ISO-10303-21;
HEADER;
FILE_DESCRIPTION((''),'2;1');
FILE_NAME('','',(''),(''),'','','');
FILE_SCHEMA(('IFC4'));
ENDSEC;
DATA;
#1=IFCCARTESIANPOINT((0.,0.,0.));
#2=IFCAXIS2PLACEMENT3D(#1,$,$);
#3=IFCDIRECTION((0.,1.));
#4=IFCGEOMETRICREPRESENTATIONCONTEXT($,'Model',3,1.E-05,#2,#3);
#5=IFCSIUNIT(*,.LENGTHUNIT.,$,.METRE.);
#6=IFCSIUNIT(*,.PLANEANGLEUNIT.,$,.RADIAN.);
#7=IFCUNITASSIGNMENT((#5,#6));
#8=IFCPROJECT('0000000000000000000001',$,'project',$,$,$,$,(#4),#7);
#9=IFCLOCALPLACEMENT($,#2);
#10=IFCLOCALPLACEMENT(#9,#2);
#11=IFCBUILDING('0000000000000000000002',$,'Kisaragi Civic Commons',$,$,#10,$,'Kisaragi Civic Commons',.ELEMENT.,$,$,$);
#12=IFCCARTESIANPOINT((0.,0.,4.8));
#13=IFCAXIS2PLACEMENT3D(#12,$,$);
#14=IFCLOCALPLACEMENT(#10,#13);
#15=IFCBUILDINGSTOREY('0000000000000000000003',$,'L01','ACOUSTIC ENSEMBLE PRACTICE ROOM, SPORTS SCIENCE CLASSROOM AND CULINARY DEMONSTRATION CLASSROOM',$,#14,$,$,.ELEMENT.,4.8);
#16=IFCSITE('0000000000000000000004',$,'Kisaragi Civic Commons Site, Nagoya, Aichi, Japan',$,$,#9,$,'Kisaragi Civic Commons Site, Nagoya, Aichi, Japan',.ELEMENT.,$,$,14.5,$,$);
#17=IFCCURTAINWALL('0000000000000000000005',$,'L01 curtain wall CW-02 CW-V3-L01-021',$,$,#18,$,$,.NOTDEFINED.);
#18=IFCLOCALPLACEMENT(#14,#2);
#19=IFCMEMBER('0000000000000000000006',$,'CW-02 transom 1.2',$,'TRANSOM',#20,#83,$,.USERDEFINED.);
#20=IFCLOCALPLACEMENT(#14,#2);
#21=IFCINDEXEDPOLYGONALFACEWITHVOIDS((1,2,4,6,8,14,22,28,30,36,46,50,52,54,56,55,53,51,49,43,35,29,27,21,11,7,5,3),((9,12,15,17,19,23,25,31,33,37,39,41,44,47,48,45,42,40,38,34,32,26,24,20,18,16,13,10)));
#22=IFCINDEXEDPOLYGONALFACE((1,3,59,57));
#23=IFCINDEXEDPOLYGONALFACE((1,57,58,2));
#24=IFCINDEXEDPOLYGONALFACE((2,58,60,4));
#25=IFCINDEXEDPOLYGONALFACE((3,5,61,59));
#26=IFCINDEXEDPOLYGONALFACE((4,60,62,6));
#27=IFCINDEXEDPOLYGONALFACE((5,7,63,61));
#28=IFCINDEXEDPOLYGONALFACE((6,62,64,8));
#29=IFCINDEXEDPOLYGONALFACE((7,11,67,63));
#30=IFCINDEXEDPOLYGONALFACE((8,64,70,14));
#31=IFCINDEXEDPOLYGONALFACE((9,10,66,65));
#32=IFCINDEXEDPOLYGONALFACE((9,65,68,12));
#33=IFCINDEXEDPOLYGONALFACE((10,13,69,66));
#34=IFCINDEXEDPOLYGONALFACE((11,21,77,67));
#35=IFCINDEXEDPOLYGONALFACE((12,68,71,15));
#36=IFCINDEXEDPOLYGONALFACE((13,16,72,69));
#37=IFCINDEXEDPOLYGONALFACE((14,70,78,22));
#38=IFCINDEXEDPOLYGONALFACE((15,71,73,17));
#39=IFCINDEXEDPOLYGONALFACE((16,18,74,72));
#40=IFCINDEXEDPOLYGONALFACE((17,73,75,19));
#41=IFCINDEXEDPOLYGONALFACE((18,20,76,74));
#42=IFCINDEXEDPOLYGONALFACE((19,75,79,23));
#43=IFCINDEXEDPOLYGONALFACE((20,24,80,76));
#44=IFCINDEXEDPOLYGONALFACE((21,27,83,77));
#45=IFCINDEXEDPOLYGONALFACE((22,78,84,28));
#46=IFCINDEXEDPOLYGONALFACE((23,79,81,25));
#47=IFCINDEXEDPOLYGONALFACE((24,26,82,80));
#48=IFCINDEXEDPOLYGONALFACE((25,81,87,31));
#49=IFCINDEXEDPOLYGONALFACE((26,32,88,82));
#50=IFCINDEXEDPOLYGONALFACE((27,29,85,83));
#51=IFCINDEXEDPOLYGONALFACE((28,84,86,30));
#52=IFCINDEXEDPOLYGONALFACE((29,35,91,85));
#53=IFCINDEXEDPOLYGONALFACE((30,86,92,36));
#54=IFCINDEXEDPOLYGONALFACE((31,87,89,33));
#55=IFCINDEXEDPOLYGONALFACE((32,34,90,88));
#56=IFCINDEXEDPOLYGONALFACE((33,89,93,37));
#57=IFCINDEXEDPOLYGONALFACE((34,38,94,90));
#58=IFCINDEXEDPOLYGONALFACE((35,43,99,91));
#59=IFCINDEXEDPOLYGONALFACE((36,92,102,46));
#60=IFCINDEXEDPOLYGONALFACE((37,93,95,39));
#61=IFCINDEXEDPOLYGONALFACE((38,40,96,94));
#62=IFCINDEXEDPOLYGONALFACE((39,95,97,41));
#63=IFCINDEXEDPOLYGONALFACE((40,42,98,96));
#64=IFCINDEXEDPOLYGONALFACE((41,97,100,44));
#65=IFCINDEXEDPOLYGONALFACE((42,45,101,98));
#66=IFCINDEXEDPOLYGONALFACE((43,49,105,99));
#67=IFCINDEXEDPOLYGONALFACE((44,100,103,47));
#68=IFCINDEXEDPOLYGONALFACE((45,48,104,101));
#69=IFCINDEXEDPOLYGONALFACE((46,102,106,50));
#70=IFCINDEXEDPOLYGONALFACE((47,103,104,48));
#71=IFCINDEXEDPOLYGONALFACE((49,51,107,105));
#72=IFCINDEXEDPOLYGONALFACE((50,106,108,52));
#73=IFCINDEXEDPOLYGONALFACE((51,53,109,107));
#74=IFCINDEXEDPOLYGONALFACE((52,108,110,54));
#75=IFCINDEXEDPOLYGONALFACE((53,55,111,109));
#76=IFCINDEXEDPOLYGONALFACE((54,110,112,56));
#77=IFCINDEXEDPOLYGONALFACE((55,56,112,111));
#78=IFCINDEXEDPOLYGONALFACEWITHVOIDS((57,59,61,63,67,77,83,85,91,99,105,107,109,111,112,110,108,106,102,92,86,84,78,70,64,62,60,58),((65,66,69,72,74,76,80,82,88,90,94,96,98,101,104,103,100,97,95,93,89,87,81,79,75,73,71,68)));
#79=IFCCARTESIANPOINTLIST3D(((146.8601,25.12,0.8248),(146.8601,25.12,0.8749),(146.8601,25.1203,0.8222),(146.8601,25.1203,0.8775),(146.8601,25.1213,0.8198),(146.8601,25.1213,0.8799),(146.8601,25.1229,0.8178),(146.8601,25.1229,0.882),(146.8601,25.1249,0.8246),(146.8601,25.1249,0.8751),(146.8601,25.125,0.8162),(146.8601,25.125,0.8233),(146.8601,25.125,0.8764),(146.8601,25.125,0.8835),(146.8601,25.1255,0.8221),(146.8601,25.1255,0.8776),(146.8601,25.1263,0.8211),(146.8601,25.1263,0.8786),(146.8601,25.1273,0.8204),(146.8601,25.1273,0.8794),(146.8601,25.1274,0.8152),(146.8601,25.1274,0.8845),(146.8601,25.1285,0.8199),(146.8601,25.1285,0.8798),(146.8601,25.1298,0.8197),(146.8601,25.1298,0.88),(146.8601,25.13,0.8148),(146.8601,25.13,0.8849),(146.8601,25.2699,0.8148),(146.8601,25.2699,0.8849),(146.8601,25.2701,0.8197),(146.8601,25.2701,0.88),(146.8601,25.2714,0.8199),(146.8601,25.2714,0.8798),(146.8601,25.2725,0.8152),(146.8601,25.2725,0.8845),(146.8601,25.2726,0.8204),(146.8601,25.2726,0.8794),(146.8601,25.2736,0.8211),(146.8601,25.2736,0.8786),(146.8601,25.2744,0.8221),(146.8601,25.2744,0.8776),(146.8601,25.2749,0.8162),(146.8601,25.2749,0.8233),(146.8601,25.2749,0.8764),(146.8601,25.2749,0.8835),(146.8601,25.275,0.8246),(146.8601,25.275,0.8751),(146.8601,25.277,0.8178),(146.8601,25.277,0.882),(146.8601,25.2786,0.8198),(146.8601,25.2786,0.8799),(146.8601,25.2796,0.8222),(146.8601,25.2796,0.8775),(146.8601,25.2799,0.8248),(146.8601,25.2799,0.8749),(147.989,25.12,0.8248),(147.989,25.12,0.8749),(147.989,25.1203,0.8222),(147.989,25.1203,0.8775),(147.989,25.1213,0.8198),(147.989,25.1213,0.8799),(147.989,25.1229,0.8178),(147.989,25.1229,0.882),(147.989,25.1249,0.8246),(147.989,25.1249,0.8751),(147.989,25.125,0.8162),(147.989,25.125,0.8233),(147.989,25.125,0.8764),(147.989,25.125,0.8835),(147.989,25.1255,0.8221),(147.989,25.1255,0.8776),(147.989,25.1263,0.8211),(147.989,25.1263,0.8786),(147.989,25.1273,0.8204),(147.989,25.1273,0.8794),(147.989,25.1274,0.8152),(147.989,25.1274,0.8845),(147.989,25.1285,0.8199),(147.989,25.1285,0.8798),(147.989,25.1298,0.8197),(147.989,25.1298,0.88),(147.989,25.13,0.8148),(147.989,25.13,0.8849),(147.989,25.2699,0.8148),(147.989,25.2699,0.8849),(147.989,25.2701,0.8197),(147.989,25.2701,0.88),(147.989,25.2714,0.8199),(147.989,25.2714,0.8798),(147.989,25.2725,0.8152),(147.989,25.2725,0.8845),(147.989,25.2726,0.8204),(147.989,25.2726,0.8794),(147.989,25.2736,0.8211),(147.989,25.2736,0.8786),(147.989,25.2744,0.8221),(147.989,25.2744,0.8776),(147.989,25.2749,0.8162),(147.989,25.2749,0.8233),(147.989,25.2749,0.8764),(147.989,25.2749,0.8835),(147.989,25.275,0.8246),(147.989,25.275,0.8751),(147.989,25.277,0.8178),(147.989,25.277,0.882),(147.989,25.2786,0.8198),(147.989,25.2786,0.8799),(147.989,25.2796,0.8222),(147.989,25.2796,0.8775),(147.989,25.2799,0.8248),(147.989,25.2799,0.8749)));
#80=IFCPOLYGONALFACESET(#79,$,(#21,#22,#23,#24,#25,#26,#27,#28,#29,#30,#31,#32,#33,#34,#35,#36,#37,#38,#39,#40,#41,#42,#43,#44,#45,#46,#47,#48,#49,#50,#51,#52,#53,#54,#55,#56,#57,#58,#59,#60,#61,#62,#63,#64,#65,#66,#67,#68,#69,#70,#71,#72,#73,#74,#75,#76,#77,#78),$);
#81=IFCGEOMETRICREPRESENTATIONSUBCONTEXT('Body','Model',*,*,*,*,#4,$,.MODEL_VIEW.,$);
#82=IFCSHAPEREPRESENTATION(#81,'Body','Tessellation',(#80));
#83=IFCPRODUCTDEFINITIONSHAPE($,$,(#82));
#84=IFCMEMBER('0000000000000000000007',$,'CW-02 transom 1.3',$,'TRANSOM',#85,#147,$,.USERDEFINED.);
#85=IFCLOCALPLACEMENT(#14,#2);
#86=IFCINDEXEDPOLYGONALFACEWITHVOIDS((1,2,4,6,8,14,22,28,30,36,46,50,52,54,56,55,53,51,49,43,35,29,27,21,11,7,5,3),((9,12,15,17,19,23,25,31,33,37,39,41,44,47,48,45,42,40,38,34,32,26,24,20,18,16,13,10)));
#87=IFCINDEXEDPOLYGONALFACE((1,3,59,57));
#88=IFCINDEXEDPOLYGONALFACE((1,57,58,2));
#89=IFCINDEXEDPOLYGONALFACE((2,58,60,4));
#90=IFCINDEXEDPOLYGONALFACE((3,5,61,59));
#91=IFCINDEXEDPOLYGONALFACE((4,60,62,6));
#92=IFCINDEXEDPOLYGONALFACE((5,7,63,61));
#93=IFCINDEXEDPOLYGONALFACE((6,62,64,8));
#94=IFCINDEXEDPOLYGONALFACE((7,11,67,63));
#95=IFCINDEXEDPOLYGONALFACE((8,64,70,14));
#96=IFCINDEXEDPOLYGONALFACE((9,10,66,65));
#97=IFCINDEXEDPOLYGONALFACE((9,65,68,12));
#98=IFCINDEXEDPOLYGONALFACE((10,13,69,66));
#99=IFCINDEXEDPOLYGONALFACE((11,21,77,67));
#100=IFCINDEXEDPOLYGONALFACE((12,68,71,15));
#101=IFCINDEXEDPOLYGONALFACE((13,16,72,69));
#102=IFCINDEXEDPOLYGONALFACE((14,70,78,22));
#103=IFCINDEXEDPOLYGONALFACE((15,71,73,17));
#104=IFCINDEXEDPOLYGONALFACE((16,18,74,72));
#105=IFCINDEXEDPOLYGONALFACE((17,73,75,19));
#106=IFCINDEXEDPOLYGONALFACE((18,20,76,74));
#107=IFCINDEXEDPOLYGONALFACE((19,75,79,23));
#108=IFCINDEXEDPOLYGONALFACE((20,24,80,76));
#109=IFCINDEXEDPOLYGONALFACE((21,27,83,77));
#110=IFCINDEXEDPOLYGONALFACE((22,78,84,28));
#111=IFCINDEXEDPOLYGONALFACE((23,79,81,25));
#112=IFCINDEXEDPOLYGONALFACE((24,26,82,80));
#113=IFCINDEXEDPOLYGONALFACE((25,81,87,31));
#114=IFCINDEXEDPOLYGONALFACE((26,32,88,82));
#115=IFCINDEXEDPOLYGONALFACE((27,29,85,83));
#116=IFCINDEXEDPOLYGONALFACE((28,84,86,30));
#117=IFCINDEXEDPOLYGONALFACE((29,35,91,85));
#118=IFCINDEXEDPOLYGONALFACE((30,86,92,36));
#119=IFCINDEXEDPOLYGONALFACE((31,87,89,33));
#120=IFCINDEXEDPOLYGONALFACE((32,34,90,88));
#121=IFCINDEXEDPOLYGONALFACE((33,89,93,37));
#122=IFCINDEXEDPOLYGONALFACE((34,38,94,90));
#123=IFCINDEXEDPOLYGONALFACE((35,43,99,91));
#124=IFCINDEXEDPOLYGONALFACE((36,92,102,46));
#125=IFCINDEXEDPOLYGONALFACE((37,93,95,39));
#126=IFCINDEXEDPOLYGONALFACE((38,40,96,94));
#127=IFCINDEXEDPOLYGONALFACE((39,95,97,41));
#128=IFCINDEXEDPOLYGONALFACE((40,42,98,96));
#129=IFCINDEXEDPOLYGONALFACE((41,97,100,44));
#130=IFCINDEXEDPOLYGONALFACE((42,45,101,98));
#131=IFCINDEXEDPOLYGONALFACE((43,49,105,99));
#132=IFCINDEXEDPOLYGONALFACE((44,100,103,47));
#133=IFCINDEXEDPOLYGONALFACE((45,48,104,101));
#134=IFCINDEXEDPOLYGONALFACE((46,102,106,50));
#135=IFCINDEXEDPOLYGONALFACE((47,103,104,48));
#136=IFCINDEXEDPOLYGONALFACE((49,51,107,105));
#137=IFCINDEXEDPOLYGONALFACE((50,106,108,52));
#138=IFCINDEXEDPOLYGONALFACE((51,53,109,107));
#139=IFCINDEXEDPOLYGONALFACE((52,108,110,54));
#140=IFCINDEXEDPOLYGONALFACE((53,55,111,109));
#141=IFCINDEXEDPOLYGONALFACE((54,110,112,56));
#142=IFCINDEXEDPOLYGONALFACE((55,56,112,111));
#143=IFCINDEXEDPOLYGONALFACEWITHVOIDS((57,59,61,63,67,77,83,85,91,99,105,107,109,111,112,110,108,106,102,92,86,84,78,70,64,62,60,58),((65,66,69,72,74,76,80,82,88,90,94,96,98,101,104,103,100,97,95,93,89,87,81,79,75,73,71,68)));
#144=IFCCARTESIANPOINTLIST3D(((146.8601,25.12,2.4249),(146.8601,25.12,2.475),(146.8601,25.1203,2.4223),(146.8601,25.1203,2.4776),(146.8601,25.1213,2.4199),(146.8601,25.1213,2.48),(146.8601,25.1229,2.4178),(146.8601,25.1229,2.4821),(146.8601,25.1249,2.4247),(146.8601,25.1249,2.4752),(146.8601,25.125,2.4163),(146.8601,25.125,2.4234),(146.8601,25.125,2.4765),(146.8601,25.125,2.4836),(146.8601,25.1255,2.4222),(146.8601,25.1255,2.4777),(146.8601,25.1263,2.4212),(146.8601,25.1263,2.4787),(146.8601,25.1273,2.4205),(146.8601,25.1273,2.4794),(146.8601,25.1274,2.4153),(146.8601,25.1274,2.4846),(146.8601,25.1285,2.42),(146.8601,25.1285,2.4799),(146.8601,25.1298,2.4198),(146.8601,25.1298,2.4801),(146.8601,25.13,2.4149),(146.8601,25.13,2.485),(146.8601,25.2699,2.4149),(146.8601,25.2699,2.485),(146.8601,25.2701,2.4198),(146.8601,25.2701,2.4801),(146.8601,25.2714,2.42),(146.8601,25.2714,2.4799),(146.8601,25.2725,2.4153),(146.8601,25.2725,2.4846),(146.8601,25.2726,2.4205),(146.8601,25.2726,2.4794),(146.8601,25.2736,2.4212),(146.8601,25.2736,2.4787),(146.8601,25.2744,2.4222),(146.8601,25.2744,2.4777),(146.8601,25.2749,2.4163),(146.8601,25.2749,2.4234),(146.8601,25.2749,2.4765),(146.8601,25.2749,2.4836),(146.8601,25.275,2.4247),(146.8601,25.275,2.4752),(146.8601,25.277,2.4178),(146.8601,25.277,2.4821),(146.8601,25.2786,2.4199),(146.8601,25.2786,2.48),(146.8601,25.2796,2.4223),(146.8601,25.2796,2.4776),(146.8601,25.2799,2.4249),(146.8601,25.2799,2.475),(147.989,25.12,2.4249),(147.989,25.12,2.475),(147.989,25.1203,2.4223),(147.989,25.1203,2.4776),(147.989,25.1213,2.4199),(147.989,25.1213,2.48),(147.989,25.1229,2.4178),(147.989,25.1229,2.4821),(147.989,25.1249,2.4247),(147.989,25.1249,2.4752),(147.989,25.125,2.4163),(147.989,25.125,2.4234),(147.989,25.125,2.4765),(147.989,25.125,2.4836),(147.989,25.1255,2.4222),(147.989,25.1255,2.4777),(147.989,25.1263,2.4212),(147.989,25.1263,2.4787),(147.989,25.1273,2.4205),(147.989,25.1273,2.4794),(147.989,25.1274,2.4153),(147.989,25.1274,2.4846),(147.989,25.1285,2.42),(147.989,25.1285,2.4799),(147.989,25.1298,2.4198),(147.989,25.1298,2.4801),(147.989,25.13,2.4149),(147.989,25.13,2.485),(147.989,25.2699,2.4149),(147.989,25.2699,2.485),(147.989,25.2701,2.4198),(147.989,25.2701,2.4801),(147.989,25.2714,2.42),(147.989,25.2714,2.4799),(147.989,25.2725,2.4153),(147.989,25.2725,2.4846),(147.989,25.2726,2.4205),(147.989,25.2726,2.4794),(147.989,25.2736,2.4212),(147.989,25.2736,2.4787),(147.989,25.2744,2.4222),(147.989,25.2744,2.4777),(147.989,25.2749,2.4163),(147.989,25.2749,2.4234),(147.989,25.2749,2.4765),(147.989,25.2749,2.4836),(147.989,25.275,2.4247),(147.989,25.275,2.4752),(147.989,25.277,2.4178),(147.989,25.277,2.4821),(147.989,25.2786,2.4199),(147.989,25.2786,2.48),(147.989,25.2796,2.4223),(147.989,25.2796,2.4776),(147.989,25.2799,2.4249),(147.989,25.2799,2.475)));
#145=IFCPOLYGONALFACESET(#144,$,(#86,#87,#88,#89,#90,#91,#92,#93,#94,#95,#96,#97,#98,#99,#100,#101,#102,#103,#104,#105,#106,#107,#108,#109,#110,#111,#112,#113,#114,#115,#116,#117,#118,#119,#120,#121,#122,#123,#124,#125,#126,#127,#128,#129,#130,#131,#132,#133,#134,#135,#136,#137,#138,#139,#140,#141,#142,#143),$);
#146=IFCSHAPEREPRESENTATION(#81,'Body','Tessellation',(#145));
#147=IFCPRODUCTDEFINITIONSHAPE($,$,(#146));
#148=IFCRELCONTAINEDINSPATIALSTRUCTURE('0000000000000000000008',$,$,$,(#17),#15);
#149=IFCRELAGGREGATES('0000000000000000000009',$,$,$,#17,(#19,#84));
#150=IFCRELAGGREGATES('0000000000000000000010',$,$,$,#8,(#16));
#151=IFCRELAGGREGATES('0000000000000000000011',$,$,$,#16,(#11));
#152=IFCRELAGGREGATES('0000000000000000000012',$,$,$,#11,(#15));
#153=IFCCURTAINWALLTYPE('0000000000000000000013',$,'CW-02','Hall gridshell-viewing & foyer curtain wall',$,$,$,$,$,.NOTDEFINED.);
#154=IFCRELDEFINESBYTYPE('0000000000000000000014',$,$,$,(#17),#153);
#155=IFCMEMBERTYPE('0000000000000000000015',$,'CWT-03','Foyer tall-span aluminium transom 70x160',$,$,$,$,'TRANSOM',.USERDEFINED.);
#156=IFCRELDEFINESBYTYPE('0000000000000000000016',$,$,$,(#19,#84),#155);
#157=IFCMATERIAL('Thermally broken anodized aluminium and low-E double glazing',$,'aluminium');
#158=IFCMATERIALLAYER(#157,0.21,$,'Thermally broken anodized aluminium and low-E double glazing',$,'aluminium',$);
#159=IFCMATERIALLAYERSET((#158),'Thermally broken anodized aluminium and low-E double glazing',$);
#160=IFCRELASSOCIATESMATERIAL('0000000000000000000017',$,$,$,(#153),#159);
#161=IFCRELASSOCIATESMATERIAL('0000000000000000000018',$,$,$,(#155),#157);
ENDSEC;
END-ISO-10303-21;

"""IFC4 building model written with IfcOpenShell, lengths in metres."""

from ifc_helpers import new_model, si_unit, direction, frame, origin, origin_2d, place, context, subcontext, project, spatial, hollow_rectangle, extrude, material, layer, layer_set, material_profile, profile_set, type_object, element, aggregate, save


model = new_model("IFC4")

# Units and contexts
model_context = context("Model", 3, precision=1e-05, world=origin(), true_north=direction((0.0, 1.0)))
body_context = subcontext(model_context, "Body", "Model", "MODEL_VIEW")
ifc_project = project(units=[si_unit("LENGTHUNIT", "METRE"), si_unit("PLANEANGLEUNIT", "RADIAN")], contexts=[model_context])

# Site, building, storey
site_placement = place(None, origin())
site = spatial("IfcSite", under=ifc_project, at=site_placement, Name="Kisaragi Civic Commons Site, Nagoya, Aichi, Japan", LongName="Kisaragi Civic Commons Site, Nagoya, Aichi, Japan", CompositionType="ELEMENT", RefElevation=14.5)
building_placement = place(site_placement, origin())
building = spatial("IfcBuilding", under=site, at=building_placement, Name="Kisaragi Civic Commons", LongName="Kisaragi Civic Commons", CompositionType="ELEMENT")
storey_placement = place(building_placement, frame((0.0, 0.0, 4.8)))
storey = spatial("IfcBuildingStorey", under=building, at=storey_placement, Name="L01", Description="ACOUSTIC ENSEMBLE PRACTICE ROOM, SPORTS SCIENCE CLASSROOM AND CULINARY DEMONSTRATION CLASSROOM", CompositionType="ELEMENT", Elevation=4.8)

# Curtain wall, members
ifc_material_1 = material(Name="Thermally broken anodized aluminium and low-E double glazing", Category="aluminium")
ifc_layer_1 = layer(ifc_material_1, 0.21, Name="Thermally broken anodized aluminium and low-E double glazing", Category="aluminium")
ifc_layer_set_1 = layer_set([ifc_layer_1], Name="Thermally broken anodized aluminium and low-E double glazing")
curtain_wall_type = type_object("IfcCurtainWallType", Name="CW-02", Description="Hall gridshell-viewing & foyer curtain wall", PredefinedType="NOTDEFINED", material=ifc_layer_set_1)
curtain_wall_placement = place(storey_placement, origin())
curtain_wall = element("IfcCurtainWall", 1, at=curtain_wall_placement, inside=storey, type_object=curtain_wall_type, Name="L01 curtain wall CW-02 CW-V3-L01-021", PredefinedType="NOTDEFINED")
ifc_material_profile_1 = material_profile(ifc_material_1, hollow_rectangle(XDim=0.1599, YDim=0.0701, WallThickness=0.0049, InnerFilletRadius=0.0049, OuterFilletRadius=0.01, at=origin_2d()), Name="CWT-70x160x5", Category="aluminium")
ifc_profile_set_1 = profile_set([ifc_material_profile_1], Name="Thermally broken anodized aluminium and low-E double glazing")
member_type_1 = type_object("IfcMemberType", Name="CWT-03", Description="Foyer tall-span aluminium transom 70x160", ElementType="TRANSOM", PredefinedType="USERDEFINED", material=ifc_profile_set_1)
member_1_placement = place(storey_placement, frame((146.8601, 25.2, 0.8499), z_axis=(1.0, 0.0, 0.0), x_axis=(0.0, 1.0, 0.0)))
member_1 = element("IfcMember", 2, at=member_1_placement, type_object=member_type_1, Name="CW-02 transom 1.2", ObjectType="TRANSOM", PredefinedType="USERDEFINED", context=body_context, shape_type="SweptSolid", body=[
    extrude(hollow_rectangle(XDim=0.1599, YDim=0.0701, WallThickness=0.0049, InnerFilletRadius=0.0049, OuterFilletRadius=0.01, at=origin_2d()), origin(), (0.0, 0.0, 1.0), 1.1289),
])
member_2_placement = place(storey_placement, frame((146.8601, 25.2, 2.45), z_axis=(1.0, 0.0, 0.0), x_axis=(0.0, 1.0, 0.0)))
member_2 = element("IfcMember", 3, at=member_2_placement, type_object=member_type_1, Name="CW-02 transom 1.3", ObjectType="TRANSOM", PredefinedType="USERDEFINED", context=body_context, shape_type="SweptSolid", body=[
    extrude(hollow_rectangle(XDim=0.1599, YDim=0.0701, WallThickness=0.0049, InnerFilletRadius=0.0049, OuterFilletRadius=0.01, at=origin_2d()), origin(), (0.0, 0.0, 1.0), 1.1289),
])

aggregate(curtain_wall, [member_1, member_2])

save(model, "model.ifc")
